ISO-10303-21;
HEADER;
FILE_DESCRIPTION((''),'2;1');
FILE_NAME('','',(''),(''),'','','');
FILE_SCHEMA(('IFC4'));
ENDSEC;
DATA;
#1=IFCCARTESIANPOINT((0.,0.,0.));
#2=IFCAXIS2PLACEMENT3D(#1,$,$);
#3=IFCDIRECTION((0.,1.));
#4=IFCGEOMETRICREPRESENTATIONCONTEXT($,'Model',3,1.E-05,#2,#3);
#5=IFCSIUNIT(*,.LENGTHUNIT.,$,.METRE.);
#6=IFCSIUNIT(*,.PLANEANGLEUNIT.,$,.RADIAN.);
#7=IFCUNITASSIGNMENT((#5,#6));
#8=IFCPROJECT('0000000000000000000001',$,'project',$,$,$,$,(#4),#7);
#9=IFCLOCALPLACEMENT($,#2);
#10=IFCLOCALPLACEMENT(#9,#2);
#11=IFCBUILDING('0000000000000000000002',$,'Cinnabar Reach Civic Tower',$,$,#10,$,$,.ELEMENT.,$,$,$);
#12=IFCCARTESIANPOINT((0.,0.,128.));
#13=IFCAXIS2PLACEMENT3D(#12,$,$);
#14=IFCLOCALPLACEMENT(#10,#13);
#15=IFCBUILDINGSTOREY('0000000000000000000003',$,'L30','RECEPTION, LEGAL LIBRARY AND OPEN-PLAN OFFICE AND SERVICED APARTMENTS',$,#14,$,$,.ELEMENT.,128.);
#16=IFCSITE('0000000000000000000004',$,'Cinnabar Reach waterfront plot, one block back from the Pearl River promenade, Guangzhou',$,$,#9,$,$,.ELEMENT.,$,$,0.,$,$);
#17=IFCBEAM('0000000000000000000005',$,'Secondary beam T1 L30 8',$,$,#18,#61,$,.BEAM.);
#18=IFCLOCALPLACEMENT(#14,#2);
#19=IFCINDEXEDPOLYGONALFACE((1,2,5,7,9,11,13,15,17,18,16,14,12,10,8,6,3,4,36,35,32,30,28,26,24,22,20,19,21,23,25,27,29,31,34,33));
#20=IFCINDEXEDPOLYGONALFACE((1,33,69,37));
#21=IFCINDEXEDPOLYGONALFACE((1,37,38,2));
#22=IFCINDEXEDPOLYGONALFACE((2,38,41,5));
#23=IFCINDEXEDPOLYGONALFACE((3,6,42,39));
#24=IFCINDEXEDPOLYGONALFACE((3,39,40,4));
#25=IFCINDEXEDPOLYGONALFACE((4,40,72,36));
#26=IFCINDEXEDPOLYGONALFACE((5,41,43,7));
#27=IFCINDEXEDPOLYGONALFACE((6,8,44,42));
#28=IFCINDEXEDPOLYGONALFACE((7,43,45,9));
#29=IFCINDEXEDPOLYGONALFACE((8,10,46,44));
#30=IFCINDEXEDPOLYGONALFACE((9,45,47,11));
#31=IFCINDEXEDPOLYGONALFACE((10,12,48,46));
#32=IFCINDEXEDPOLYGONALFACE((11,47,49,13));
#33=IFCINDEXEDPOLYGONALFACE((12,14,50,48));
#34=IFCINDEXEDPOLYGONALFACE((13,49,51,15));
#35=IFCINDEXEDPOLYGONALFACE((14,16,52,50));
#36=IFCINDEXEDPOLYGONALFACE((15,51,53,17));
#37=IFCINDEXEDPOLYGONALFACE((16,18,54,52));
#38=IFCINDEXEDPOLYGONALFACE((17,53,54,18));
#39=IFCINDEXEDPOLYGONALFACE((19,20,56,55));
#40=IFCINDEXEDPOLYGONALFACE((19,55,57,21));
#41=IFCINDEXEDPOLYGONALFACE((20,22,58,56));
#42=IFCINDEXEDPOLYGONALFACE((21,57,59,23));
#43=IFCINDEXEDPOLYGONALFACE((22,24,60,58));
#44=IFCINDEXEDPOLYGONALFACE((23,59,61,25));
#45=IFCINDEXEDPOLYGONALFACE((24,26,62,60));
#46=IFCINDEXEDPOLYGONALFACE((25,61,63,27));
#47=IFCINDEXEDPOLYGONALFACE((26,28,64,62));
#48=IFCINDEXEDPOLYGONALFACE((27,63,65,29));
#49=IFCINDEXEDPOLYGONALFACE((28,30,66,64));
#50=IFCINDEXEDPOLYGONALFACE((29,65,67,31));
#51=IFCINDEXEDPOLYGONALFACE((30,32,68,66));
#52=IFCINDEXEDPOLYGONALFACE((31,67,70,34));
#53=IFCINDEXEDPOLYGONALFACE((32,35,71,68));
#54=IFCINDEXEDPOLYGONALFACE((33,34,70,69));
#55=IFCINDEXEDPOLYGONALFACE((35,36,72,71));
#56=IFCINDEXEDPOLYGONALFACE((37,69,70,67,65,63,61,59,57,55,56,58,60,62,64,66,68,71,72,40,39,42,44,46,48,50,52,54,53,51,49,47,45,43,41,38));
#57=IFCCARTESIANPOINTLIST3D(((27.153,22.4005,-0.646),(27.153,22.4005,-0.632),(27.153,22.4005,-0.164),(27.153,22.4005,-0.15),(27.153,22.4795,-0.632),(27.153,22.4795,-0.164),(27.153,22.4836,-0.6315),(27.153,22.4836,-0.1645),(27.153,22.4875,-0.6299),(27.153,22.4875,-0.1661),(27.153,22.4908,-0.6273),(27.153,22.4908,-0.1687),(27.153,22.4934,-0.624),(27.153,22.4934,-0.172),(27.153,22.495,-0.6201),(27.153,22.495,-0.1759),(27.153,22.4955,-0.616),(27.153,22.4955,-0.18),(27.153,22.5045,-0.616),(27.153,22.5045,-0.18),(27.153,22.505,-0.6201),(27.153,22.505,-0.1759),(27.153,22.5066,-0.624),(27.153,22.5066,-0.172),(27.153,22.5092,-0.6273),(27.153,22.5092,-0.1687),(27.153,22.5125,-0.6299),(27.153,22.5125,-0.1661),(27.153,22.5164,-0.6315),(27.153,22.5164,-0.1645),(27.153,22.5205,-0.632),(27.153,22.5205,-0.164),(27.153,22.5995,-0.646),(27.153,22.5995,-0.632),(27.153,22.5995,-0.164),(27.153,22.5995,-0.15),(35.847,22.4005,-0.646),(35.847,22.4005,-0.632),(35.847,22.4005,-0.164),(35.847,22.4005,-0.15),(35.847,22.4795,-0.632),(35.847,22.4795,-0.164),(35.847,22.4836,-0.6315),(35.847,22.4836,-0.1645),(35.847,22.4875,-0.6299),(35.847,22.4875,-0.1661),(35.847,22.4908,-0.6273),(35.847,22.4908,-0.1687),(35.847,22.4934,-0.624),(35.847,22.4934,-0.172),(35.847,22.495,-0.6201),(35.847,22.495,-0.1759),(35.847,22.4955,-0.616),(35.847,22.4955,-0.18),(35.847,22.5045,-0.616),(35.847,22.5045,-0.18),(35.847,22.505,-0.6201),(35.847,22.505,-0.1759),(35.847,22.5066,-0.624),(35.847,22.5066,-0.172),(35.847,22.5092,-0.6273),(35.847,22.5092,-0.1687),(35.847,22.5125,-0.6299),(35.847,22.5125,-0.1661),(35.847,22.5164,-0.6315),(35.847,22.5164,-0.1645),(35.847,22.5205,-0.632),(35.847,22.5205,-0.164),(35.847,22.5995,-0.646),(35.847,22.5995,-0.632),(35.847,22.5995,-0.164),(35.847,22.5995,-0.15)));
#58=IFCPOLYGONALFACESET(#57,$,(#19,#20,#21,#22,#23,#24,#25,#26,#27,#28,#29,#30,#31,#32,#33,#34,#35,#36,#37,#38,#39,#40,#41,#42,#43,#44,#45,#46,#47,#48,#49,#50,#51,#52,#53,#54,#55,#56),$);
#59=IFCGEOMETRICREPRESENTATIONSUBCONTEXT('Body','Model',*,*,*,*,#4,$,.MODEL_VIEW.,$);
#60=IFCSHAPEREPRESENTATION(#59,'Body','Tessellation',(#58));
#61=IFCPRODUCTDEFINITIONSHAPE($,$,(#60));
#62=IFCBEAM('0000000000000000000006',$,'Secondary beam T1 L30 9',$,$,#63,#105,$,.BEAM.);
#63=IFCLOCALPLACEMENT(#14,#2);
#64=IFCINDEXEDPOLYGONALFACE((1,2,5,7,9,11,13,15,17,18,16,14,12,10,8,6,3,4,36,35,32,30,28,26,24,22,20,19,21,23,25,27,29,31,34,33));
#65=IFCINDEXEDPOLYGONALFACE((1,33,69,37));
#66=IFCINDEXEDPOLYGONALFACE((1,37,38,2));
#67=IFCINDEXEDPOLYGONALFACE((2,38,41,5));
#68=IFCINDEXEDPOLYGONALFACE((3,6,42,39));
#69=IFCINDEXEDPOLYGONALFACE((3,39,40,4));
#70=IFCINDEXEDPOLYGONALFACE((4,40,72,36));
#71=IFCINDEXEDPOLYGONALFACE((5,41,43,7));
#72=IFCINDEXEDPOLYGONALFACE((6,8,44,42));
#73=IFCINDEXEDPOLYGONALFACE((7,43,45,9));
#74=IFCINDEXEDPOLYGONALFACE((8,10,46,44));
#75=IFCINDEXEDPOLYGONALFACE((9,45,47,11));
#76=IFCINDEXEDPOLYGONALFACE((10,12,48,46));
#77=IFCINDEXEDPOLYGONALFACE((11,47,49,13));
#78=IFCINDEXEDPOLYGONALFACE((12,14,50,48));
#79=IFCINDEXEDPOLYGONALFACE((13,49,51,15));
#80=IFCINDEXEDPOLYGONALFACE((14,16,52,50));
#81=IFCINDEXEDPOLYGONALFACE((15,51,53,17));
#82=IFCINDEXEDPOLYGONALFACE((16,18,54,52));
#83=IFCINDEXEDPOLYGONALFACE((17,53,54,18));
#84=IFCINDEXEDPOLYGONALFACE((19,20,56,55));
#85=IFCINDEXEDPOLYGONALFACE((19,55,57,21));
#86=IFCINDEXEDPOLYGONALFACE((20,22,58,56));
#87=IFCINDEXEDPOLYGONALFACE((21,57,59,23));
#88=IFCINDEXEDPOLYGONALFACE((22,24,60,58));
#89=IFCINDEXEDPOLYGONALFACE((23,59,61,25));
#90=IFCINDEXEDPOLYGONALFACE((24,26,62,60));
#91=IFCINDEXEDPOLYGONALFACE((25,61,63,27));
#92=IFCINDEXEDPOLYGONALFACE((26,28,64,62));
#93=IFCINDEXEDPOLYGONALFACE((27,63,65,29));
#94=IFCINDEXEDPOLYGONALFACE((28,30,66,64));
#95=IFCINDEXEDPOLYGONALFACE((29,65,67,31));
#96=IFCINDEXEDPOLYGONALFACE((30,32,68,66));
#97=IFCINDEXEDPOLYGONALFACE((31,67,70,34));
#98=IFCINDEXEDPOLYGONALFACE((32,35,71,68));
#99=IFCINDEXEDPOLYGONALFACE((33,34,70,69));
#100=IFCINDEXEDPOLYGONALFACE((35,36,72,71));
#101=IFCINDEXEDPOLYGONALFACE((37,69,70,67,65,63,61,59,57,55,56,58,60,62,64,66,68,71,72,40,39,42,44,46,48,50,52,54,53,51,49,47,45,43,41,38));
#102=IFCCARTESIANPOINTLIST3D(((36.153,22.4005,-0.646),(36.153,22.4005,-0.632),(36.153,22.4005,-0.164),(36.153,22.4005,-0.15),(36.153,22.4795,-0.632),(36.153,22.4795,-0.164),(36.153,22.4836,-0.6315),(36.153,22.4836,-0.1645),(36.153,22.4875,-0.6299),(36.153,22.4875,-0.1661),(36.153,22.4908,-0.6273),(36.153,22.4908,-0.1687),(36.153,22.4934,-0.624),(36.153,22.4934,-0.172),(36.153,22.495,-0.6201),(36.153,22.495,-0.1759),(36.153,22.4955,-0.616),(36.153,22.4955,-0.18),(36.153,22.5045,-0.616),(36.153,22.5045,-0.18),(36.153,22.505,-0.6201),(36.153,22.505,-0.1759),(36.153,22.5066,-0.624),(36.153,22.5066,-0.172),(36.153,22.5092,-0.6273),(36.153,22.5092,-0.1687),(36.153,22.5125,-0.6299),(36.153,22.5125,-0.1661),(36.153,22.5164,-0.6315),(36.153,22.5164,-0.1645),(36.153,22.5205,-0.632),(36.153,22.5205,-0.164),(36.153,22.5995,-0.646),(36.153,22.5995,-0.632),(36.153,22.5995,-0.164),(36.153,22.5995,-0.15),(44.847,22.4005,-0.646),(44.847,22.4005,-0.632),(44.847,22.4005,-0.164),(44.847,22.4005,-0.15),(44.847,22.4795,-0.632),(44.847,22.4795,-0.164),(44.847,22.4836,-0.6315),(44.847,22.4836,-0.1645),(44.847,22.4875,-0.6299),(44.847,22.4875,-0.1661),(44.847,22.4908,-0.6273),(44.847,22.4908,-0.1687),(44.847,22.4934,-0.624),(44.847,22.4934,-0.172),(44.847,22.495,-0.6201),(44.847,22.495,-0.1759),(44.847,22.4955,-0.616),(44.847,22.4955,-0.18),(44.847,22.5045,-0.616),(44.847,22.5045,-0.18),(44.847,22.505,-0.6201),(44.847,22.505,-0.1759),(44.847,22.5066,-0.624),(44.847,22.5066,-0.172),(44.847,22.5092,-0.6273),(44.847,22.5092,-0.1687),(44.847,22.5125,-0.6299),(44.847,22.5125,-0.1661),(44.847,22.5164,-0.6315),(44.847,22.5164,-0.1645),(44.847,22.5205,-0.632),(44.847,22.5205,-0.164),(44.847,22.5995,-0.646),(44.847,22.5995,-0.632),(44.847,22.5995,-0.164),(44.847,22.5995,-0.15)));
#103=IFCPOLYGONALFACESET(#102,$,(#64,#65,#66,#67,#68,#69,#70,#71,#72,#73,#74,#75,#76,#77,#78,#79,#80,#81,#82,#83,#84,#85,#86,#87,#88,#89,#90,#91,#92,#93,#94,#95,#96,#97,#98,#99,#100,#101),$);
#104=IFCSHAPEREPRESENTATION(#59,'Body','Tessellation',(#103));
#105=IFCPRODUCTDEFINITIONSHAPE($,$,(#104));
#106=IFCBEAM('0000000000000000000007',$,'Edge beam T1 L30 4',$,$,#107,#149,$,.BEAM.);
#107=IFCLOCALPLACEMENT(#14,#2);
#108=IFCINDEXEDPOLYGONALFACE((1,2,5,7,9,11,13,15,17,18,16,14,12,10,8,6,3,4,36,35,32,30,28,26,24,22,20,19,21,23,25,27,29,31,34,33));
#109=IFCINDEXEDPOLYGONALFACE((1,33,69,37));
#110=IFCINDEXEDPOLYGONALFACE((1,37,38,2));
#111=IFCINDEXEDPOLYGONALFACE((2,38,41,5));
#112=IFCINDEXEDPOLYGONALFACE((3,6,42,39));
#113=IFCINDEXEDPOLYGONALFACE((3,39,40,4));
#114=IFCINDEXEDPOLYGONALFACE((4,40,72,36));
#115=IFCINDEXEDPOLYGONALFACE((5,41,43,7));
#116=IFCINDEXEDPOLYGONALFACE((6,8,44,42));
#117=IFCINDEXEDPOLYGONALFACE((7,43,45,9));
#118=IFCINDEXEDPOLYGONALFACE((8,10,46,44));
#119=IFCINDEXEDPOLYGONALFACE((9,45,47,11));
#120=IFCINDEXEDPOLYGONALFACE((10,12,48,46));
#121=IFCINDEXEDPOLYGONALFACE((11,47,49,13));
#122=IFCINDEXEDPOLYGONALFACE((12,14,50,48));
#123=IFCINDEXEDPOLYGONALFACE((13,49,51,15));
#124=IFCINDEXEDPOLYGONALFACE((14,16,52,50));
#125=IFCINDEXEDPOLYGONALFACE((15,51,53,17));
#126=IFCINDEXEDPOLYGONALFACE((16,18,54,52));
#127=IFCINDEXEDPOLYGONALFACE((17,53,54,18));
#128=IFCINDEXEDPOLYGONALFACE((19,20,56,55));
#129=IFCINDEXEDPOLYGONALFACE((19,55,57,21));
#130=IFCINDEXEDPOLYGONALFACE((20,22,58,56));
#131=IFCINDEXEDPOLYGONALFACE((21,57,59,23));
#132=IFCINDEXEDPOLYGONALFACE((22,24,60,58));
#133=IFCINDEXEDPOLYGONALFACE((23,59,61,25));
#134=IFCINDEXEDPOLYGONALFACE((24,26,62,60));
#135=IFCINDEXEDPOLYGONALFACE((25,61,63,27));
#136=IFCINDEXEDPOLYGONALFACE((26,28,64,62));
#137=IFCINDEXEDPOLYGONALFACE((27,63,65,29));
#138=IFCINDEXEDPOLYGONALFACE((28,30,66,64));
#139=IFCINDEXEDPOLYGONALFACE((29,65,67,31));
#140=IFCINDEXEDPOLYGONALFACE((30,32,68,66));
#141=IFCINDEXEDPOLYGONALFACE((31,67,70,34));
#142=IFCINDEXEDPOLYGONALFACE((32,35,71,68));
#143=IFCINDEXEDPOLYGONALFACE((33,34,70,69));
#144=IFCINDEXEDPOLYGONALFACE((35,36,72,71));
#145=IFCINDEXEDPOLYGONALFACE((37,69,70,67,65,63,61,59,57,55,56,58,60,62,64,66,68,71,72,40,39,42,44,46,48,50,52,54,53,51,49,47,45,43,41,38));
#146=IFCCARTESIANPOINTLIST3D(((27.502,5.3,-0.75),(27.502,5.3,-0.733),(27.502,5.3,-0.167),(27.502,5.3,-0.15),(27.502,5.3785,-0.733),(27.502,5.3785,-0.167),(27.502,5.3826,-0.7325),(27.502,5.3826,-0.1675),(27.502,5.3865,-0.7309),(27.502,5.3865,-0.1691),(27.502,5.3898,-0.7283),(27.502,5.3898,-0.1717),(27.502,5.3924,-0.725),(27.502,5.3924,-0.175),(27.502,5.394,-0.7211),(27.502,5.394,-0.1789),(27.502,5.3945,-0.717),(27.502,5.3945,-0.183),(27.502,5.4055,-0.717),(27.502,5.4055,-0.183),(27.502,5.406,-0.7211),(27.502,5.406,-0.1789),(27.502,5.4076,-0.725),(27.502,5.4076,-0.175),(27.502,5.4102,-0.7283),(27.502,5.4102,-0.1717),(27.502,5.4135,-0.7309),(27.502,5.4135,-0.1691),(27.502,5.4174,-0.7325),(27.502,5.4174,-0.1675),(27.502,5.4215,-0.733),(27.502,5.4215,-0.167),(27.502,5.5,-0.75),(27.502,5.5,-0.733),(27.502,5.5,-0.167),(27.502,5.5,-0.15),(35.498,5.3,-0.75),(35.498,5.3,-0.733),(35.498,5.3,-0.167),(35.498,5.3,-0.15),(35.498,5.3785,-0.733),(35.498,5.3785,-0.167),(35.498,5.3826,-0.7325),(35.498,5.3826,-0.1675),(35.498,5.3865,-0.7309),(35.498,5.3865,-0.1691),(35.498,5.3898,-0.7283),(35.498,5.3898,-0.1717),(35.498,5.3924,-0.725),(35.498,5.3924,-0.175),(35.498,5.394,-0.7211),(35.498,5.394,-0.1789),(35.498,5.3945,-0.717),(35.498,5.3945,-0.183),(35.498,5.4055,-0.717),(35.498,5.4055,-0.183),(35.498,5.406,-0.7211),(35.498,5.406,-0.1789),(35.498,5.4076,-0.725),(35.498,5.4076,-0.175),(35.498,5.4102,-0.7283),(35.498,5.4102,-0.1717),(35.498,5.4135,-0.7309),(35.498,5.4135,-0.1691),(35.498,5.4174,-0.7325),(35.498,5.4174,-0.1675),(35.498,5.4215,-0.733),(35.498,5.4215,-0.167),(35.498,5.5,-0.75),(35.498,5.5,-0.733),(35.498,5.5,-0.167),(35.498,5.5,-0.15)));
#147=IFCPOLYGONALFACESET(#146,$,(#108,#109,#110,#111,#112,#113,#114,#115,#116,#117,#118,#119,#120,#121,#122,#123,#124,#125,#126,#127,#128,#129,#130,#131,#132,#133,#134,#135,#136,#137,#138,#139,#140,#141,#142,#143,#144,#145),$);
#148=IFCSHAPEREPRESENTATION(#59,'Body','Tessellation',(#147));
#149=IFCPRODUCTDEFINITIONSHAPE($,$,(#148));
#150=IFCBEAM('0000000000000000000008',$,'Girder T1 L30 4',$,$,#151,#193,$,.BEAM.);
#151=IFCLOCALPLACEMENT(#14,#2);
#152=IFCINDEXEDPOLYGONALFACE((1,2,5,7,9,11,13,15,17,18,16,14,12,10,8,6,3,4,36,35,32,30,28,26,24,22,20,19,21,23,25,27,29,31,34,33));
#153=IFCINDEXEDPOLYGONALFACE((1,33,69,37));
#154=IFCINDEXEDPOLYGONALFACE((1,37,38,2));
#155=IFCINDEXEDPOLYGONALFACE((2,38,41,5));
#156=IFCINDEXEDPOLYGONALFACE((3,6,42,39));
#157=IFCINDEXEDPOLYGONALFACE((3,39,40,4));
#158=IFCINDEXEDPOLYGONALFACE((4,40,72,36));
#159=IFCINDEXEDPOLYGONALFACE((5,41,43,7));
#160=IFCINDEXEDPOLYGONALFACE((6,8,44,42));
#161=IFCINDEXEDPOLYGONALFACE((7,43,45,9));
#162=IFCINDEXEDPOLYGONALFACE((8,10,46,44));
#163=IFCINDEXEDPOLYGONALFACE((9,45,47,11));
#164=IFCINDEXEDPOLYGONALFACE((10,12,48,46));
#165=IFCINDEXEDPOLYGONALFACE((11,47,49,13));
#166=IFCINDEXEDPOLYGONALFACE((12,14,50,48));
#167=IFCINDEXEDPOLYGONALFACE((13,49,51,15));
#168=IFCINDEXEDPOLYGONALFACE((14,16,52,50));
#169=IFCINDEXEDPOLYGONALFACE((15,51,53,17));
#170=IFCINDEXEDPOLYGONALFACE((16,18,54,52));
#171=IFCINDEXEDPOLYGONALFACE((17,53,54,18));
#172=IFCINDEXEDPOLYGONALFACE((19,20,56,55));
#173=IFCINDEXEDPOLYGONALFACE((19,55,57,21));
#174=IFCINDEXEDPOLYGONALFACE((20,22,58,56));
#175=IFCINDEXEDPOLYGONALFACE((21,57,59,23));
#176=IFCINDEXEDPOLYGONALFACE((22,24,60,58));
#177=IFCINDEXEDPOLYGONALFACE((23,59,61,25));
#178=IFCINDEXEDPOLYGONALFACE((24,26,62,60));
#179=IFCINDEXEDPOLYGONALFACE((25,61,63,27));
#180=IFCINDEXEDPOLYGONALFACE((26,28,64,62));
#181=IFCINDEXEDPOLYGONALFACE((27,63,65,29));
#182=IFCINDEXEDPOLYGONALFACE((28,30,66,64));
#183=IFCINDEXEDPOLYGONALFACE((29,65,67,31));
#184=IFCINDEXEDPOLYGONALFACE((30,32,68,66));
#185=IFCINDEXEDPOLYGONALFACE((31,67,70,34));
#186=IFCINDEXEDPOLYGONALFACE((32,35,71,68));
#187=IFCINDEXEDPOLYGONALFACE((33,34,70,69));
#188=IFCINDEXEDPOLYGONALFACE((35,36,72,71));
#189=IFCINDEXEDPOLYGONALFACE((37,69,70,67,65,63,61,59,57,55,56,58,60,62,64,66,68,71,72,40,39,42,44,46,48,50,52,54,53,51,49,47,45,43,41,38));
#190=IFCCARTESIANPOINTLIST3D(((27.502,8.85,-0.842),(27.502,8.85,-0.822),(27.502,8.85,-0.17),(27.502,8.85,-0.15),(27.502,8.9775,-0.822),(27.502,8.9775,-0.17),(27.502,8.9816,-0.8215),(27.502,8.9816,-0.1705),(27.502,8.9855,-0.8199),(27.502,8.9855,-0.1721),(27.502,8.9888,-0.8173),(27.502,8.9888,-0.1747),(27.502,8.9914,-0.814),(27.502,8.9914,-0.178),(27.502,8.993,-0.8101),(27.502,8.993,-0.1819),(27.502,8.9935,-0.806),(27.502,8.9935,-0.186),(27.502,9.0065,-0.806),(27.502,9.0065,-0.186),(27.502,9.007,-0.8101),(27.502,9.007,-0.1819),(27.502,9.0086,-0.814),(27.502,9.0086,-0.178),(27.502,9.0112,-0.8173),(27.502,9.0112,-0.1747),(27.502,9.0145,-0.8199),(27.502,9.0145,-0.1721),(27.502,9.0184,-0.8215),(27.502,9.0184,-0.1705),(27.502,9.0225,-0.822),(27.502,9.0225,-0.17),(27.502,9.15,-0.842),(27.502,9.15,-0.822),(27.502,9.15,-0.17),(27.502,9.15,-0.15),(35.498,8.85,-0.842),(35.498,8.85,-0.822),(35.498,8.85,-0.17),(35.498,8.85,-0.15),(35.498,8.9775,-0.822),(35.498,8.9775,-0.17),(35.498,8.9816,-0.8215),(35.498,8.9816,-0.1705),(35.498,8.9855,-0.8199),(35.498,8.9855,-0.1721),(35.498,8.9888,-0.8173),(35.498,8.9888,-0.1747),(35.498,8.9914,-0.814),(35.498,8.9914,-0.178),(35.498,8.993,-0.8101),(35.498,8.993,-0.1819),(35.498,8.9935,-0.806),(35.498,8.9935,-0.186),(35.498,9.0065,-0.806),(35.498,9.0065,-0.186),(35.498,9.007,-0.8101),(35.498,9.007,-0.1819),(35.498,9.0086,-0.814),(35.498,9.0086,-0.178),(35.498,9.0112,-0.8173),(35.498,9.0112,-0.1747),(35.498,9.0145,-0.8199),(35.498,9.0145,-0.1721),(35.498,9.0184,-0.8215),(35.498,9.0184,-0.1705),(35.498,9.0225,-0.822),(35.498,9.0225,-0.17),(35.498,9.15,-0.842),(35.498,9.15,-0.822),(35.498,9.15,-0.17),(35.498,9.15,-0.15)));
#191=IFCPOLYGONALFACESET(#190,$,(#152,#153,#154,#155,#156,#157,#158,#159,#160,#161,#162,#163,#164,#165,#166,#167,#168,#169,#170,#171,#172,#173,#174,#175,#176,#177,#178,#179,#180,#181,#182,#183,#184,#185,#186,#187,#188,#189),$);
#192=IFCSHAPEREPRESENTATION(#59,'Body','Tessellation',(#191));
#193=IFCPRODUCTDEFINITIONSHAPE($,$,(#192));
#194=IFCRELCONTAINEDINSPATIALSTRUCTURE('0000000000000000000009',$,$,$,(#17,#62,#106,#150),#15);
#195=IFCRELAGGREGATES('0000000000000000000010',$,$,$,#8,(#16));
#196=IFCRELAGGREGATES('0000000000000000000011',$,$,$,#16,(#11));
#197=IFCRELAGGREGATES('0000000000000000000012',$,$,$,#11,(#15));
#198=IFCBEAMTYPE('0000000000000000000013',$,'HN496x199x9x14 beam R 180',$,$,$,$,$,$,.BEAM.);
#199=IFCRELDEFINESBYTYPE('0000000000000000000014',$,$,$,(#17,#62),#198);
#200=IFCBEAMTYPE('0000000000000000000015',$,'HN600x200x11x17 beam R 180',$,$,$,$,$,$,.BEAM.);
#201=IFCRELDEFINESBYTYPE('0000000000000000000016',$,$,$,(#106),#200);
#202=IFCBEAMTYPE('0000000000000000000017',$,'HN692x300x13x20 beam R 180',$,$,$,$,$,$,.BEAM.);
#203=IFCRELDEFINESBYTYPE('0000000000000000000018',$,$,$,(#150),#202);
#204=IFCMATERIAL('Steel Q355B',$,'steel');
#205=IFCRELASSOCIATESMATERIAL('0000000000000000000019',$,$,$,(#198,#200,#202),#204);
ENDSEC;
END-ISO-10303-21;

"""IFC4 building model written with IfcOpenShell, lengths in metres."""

from ifc_helpers import new_model, si_unit, direction, frame, origin, origin_2d, place, context, subcontext, project, spatial, i_section, extrude, material, material_profile, profile_set, type_object, element, save


model = new_model("IFC4")

# Units and contexts
model_context = context("Model", 3, precision=1e-05, world=origin(), true_north=direction((0.0, 1.0)))
body_context = subcontext(model_context, "Body", "Model", "MODEL_VIEW")
ifc_project = project(units=[si_unit("LENGTHUNIT", "METRE"), si_unit("PLANEANGLEUNIT", "RADIAN")], contexts=[model_context])

# Site, building, storey
site_placement = place(None, origin())
site = spatial("IfcSite", under=ifc_project, at=site_placement, Name="Cinnabar Reach waterfront plot, one block back from the Pearl River promenade, Guangzhou", CompositionType="ELEMENT", RefElevation=0.0)
building_placement = place(site_placement, origin())
building = spatial("IfcBuilding", under=site, at=building_placement, Name="Cinnabar Reach Civic Tower", CompositionType="ELEMENT")
storey_placement = place(building_placement, frame((0.0, 0.0, 128.0)))
storey = spatial("IfcBuildingStorey", under=building, at=storey_placement, Name="L30", Description="RECEPTION, LEGAL LIBRARY AND OPEN-PLAN OFFICE AND SERVICED APARTMENTS", CompositionType="ELEMENT", Elevation=128.0)

# Beams
ifc_material_1 = material(Name="Steel Q355B", Category="steel")
ifc_material_profile_1 = material_profile(ifc_material_1, i_section(OverallWidth=0.199, OverallDepth=0.496, WebThickness=0.009, FlangeThickness=0.014, FilletRadius=0.016, at=origin_2d()), Name="HN496x199x9x14")
ifc_profile_set_1 = profile_set([ifc_material_profile_1], Name="Steel Q355B")
beam_type_1 = type_object("IfcBeamType", Name="HN496x199x9x14 beam R 180", PredefinedType="BEAM", material=ifc_profile_set_1)
for number, where, z_axis, x_axis, name in (
    (1, (27.153, 22.5, -0.398), (1.0, 0.0, 0.0), (0.0, 1.0, 0.0), "Secondary beam T1 L30 8"),
    (2, (36.153, 22.5, -0.398), (1.0, 0.0, 0.0), (0.0, 1.0, 0.0), "Secondary beam T1 L30 9"),
):
    element("IfcBeam", number, at=place(storey_placement, frame(where, z_axis=z_axis, x_axis=x_axis)), inside=storey, type_object=beam_type_1, Name=name, PredefinedType="BEAM", context=body_context, shape_type="SweptSolid", body=[
        extrude(i_section(OverallWidth=0.199, OverallDepth=0.496, WebThickness=0.009, FlangeThickness=0.014, FilletRadius=0.016, at=origin_2d()), origin(), (0.0, 0.0, 1.0), 8.694),
    ])
ifc_material_profile_2 = material_profile(ifc_material_1, i_section(OverallWidth=0.2, OverallDepth=0.6, WebThickness=0.011, FlangeThickness=0.017, FilletRadius=0.016, at=origin_2d()), Name="HN600x200x11x17")
ifc_profile_set_2 = profile_set([ifc_material_profile_2], Name="Steel Q355B")
beam_type_2 = type_object("IfcBeamType", Name="HN600x200x11x17 beam R 180", PredefinedType="BEAM", material=ifc_profile_set_2)
beam_1_placement = place(storey_placement, frame((27.502, 5.4, -0.45), z_axis=(1.0, 0.0, 0.0), x_axis=(0.0, 1.0, 0.0)))
element("IfcBeam", 3, at=beam_1_placement, inside=storey, type_object=beam_type_2, Name="Edge beam T1 L30 4", PredefinedType="BEAM", context=body_context, shape_type="SweptSolid", body=[
    extrude(i_section(OverallWidth=0.2, OverallDepth=0.6, WebThickness=0.011, FlangeThickness=0.017, FilletRadius=0.016, at=origin_2d()), origin(), (0.0, 0.0, 1.0), 7.996),
])
ifc_material_profile_3 = material_profile(ifc_material_1, i_section(OverallWidth=0.3, OverallDepth=0.692, WebThickness=0.013, FlangeThickness=0.02, FilletRadius=0.016, at=origin_2d()), Name="HN692x300x13x20")
ifc_profile_set_3 = profile_set([ifc_material_profile_3], Name="Steel Q355B")
beam_type_3 = type_object("IfcBeamType", Name="HN692x300x13x20 beam R 180", PredefinedType="BEAM", material=ifc_profile_set_3)
for number, where, z_axis, x_axis, name in (
    (4, (27.502, 9.0, -0.496), (1.0, 0.0, 0.0), (0.0, 1.0, 0.0), "Girder T1 L30 4"),
):
    element("IfcBeam", number, at=place(storey_placement, frame(where, z_axis=z_axis, x_axis=x_axis)), inside=storey, type_object=beam_type_3, Name=name, PredefinedType="BEAM", context=body_context, shape_type="SweptSolid", body=[
        extrude(i_section(OverallWidth=0.3, OverallDepth=0.692, WebThickness=0.013, FlangeThickness=0.02, FilletRadius=0.016, at=origin_2d()), origin(), (0.0, 0.0, 1.0), 7.996),
    ])

save(model, "model.ifc")
